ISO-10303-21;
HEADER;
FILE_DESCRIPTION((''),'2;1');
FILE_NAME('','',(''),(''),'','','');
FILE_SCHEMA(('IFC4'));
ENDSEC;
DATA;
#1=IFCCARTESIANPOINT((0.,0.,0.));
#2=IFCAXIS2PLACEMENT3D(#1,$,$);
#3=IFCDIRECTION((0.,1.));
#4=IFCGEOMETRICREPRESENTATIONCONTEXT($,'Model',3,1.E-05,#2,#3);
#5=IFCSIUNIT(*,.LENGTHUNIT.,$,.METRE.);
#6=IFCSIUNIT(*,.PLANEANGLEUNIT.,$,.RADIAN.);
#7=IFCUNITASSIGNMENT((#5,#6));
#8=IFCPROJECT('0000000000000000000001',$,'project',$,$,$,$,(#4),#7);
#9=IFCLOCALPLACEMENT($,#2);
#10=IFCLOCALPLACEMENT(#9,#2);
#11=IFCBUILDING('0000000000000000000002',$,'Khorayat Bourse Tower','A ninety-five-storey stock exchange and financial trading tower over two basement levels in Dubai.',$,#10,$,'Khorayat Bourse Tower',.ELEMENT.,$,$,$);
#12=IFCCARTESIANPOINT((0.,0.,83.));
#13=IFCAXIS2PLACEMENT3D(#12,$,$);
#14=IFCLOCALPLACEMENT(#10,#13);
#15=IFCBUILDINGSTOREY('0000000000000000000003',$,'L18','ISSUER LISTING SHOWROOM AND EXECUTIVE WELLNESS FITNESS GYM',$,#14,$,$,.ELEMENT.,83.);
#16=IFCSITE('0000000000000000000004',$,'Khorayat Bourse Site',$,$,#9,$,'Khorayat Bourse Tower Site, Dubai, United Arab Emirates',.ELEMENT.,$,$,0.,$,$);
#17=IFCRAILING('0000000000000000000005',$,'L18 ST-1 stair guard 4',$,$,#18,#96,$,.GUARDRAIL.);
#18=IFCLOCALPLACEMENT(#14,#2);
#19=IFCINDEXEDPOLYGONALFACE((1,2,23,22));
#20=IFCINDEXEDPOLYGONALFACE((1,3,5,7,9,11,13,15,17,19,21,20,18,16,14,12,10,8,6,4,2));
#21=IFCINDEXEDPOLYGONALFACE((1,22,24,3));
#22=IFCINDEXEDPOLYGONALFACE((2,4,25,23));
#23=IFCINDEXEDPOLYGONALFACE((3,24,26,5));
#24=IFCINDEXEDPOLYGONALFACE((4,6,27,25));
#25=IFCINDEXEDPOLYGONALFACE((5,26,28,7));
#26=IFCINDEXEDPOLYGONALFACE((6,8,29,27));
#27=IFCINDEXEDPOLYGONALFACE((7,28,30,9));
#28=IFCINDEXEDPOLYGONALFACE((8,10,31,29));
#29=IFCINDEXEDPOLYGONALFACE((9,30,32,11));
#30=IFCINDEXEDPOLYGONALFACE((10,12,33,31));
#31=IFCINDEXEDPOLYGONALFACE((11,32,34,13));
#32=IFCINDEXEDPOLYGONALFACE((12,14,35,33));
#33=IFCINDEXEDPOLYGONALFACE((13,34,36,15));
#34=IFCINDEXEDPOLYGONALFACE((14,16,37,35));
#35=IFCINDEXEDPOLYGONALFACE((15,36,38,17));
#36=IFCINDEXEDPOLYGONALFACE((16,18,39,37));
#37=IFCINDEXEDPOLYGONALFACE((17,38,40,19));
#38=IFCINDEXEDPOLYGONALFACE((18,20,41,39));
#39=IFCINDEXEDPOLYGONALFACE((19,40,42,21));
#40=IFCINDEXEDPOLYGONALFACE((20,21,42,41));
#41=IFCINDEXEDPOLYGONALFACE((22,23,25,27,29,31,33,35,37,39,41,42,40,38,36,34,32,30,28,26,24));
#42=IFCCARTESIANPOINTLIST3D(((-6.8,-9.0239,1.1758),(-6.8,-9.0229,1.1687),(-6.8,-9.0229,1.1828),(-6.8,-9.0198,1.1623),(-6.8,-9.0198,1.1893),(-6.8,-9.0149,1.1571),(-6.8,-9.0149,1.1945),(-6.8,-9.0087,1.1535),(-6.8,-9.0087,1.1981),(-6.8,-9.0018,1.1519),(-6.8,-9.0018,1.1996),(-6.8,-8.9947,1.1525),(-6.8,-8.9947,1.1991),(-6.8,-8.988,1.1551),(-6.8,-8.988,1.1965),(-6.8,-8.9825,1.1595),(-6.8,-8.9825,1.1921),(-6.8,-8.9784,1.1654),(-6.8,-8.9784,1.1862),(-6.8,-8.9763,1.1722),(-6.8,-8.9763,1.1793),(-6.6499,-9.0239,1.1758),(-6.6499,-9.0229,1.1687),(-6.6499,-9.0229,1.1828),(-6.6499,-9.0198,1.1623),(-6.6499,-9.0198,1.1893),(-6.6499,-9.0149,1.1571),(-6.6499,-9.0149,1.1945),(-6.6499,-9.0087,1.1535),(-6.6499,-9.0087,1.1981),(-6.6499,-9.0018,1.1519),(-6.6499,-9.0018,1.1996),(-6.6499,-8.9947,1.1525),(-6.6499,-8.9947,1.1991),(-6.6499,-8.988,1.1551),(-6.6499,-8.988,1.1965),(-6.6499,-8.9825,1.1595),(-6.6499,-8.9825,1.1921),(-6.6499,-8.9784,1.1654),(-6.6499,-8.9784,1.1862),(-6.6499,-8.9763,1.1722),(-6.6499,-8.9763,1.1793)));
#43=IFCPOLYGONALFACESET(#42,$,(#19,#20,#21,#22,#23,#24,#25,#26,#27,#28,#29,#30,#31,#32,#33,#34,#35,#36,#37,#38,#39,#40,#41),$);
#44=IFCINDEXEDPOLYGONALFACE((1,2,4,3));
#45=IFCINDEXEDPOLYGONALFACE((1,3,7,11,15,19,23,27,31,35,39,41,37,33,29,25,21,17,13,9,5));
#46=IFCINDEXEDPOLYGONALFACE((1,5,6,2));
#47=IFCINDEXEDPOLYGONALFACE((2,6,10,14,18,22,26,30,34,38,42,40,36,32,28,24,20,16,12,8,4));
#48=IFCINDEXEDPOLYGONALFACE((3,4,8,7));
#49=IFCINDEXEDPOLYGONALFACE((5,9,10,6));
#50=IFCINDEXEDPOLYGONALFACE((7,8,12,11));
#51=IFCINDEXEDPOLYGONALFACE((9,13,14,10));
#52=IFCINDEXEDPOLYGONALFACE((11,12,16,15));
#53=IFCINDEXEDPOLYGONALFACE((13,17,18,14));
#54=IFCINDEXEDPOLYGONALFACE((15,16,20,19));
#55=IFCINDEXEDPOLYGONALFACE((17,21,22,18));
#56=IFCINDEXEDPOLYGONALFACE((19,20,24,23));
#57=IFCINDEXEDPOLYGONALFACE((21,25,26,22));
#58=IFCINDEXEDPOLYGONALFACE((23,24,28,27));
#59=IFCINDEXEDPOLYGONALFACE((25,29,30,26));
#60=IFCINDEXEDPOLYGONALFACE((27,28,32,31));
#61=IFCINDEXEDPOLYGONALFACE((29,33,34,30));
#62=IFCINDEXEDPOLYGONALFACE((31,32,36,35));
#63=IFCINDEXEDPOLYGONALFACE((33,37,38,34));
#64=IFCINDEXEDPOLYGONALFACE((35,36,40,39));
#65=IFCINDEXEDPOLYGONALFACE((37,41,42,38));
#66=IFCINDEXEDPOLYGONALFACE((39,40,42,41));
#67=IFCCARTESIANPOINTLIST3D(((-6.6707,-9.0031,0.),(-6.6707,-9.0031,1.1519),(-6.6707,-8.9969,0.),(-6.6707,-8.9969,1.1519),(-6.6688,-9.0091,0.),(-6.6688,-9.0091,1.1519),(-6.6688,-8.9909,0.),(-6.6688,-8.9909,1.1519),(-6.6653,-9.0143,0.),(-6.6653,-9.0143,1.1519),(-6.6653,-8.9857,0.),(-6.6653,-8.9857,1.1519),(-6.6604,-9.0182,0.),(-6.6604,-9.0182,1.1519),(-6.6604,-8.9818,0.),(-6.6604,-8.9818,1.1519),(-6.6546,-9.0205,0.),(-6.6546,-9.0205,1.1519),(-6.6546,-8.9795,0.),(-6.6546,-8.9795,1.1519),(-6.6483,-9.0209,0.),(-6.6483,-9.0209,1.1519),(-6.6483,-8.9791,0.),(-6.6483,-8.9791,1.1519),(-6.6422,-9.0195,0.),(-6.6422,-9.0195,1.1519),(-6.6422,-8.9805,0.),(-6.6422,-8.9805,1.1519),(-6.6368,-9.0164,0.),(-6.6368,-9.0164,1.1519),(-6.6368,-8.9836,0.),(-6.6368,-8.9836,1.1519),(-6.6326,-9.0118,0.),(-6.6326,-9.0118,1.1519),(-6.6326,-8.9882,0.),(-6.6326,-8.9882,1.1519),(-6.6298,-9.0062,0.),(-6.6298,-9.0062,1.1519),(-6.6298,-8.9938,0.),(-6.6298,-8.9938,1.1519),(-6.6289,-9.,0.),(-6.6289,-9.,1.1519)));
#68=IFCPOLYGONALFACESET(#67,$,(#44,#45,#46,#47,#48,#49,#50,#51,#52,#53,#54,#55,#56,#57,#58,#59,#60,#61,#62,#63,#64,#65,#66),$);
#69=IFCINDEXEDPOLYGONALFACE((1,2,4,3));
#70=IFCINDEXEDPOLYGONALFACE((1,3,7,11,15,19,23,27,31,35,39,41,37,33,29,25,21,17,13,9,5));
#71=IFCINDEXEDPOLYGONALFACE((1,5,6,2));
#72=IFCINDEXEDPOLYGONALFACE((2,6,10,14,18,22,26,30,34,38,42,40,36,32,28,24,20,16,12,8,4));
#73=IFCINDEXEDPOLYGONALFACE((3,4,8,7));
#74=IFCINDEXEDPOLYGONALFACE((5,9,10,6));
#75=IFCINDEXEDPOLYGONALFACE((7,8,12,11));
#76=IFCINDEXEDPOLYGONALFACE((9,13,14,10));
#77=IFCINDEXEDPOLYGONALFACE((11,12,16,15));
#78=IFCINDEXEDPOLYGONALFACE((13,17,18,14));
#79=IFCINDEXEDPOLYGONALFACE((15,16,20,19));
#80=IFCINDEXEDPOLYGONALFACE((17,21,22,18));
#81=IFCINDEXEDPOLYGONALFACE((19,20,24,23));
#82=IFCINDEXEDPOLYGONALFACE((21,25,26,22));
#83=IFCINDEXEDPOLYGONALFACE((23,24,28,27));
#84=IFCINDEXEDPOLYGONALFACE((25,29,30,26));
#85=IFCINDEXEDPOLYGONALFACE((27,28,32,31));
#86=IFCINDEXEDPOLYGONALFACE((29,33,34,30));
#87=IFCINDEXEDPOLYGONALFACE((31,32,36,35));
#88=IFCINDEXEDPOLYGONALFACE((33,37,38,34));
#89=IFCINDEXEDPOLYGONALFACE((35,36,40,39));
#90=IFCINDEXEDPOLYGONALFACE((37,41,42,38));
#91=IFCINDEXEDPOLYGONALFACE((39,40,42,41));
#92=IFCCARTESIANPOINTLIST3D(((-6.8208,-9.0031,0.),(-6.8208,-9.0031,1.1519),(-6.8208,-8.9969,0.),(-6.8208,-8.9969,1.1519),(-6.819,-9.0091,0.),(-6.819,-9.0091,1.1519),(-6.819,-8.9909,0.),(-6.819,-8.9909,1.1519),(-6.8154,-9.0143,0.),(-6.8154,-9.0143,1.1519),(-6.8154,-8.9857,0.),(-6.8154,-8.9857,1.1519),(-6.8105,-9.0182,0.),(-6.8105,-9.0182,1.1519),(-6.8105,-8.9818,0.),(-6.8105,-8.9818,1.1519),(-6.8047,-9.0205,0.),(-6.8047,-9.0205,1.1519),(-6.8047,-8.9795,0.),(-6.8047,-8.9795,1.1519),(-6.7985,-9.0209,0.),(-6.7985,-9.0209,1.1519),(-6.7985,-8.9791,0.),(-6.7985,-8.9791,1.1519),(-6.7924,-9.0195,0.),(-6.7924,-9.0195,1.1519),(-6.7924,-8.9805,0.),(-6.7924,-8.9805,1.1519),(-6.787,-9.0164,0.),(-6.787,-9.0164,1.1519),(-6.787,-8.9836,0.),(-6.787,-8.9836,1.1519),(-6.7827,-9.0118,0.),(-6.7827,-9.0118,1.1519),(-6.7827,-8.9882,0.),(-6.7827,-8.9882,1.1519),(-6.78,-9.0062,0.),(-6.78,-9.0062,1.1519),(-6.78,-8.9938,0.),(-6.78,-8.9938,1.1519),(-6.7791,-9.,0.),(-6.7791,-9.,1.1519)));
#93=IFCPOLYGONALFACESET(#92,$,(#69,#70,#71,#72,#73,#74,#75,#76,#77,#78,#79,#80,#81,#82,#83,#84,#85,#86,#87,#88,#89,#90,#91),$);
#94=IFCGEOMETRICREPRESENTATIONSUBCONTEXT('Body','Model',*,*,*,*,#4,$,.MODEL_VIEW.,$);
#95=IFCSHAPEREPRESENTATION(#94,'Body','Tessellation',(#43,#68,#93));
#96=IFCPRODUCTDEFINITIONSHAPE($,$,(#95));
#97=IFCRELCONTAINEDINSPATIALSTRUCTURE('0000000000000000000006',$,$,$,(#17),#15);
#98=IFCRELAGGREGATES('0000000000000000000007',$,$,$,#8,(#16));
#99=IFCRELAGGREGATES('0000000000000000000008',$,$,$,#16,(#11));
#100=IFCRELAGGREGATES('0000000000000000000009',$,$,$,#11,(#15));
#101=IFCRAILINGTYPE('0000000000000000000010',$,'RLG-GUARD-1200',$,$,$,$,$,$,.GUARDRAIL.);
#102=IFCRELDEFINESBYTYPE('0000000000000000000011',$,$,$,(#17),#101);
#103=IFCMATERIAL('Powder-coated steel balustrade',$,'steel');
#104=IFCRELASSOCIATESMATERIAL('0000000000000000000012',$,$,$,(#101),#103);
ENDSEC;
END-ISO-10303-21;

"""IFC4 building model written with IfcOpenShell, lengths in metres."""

from ifc_helpers import new_model, si_unit, direction, frame, origin, origin_2d, place, context, subcontext, project, spatial, circle, extrude, source, transform, mapped, material, type_object, element, save


model = new_model("IFC4")

# Units and contexts
model_context = context("Model", 3, precision=1e-05, world=origin(), true_north=direction((0.0, 1.0)))
body_context = subcontext(model_context, "Body", "Model", "MODEL_VIEW")
ifc_project = project(units=[si_unit("LENGTHUNIT", "METRE"), si_unit("PLANEANGLEUNIT", "RADIAN")], contexts=[model_context])

# Site, building, storey
site_placement = place(None, origin())
site = spatial("IfcSite", under=ifc_project, at=site_placement, Name="Khorayat Bourse Site", LongName="Khorayat Bourse Tower Site, Dubai, United Arab Emirates", CompositionType="ELEMENT", RefElevation=0.0)
building_placement = place(site_placement, origin())
building = spatial("IfcBuilding", under=site, at=building_placement, Name="Khorayat Bourse Tower", Description="A ninety-five-storey stock exchange and financial trading tower over two basement levels in Dubai.", LongName="Khorayat Bourse Tower", CompositionType="ELEMENT")
storey_placement = place(building_placement, frame((0.0, 0.0, 83.0)))
storey = spatial("IfcBuildingStorey", under=building, at=storey_placement, Name="L18", Description="ISSUER LISTING SHOWROOM AND EXECUTIVE WELLNESS FITNESS GYM", CompositionType="ELEMENT", Elevation=83.0)

# Railing
ifc_material_1 = material(Name="Powder-coated steel balustrade", Category="steel")
railing_type_1 = type_object("IfcRailingType", Name="RLG-GUARD-1200", PredefinedType="GUARDRAIL", material=ifc_material_1)
shared_shape_1 = source(origin(), body_context, "Body", "SweptSolid", [
    extrude(circle(Radius=0.0239, at=origin_2d()), frame((0.0, 0.0, 1.1758), z_axis=(-1.0, 0.0, 0.0), x_axis=(0.0, -1.0, 0.0)), (0.0, 0.0, 1.0), 0.1501),
    extrude(circle(Radius=0.021, at=origin_2d()), origin(), (0.0, 0.0, 1.0), 1.1519),
    extrude(circle(Radius=0.021, at=origin_2d()), frame((-0.1501, 0.0, 0.0)), (0.0, 0.0, 1.0), 1.1519),
])
for number, where, name in (
    (1, (-6.6499, -9.0, 0.0), "L18 ST-1 stair guard 4"),
):
    element("IfcRailing", number, at=place(storey_placement, frame(where)), inside=storey, type_object=railing_type_1, Name=name, PredefinedType="GUARDRAIL", context=body_context, shape_type="MappedRepresentation", body=[
        mapped(shared_shape_1, transform((0.0, 0.0, 0.0), scale=1.0)),
    ])

save(model, "model.ifc")
